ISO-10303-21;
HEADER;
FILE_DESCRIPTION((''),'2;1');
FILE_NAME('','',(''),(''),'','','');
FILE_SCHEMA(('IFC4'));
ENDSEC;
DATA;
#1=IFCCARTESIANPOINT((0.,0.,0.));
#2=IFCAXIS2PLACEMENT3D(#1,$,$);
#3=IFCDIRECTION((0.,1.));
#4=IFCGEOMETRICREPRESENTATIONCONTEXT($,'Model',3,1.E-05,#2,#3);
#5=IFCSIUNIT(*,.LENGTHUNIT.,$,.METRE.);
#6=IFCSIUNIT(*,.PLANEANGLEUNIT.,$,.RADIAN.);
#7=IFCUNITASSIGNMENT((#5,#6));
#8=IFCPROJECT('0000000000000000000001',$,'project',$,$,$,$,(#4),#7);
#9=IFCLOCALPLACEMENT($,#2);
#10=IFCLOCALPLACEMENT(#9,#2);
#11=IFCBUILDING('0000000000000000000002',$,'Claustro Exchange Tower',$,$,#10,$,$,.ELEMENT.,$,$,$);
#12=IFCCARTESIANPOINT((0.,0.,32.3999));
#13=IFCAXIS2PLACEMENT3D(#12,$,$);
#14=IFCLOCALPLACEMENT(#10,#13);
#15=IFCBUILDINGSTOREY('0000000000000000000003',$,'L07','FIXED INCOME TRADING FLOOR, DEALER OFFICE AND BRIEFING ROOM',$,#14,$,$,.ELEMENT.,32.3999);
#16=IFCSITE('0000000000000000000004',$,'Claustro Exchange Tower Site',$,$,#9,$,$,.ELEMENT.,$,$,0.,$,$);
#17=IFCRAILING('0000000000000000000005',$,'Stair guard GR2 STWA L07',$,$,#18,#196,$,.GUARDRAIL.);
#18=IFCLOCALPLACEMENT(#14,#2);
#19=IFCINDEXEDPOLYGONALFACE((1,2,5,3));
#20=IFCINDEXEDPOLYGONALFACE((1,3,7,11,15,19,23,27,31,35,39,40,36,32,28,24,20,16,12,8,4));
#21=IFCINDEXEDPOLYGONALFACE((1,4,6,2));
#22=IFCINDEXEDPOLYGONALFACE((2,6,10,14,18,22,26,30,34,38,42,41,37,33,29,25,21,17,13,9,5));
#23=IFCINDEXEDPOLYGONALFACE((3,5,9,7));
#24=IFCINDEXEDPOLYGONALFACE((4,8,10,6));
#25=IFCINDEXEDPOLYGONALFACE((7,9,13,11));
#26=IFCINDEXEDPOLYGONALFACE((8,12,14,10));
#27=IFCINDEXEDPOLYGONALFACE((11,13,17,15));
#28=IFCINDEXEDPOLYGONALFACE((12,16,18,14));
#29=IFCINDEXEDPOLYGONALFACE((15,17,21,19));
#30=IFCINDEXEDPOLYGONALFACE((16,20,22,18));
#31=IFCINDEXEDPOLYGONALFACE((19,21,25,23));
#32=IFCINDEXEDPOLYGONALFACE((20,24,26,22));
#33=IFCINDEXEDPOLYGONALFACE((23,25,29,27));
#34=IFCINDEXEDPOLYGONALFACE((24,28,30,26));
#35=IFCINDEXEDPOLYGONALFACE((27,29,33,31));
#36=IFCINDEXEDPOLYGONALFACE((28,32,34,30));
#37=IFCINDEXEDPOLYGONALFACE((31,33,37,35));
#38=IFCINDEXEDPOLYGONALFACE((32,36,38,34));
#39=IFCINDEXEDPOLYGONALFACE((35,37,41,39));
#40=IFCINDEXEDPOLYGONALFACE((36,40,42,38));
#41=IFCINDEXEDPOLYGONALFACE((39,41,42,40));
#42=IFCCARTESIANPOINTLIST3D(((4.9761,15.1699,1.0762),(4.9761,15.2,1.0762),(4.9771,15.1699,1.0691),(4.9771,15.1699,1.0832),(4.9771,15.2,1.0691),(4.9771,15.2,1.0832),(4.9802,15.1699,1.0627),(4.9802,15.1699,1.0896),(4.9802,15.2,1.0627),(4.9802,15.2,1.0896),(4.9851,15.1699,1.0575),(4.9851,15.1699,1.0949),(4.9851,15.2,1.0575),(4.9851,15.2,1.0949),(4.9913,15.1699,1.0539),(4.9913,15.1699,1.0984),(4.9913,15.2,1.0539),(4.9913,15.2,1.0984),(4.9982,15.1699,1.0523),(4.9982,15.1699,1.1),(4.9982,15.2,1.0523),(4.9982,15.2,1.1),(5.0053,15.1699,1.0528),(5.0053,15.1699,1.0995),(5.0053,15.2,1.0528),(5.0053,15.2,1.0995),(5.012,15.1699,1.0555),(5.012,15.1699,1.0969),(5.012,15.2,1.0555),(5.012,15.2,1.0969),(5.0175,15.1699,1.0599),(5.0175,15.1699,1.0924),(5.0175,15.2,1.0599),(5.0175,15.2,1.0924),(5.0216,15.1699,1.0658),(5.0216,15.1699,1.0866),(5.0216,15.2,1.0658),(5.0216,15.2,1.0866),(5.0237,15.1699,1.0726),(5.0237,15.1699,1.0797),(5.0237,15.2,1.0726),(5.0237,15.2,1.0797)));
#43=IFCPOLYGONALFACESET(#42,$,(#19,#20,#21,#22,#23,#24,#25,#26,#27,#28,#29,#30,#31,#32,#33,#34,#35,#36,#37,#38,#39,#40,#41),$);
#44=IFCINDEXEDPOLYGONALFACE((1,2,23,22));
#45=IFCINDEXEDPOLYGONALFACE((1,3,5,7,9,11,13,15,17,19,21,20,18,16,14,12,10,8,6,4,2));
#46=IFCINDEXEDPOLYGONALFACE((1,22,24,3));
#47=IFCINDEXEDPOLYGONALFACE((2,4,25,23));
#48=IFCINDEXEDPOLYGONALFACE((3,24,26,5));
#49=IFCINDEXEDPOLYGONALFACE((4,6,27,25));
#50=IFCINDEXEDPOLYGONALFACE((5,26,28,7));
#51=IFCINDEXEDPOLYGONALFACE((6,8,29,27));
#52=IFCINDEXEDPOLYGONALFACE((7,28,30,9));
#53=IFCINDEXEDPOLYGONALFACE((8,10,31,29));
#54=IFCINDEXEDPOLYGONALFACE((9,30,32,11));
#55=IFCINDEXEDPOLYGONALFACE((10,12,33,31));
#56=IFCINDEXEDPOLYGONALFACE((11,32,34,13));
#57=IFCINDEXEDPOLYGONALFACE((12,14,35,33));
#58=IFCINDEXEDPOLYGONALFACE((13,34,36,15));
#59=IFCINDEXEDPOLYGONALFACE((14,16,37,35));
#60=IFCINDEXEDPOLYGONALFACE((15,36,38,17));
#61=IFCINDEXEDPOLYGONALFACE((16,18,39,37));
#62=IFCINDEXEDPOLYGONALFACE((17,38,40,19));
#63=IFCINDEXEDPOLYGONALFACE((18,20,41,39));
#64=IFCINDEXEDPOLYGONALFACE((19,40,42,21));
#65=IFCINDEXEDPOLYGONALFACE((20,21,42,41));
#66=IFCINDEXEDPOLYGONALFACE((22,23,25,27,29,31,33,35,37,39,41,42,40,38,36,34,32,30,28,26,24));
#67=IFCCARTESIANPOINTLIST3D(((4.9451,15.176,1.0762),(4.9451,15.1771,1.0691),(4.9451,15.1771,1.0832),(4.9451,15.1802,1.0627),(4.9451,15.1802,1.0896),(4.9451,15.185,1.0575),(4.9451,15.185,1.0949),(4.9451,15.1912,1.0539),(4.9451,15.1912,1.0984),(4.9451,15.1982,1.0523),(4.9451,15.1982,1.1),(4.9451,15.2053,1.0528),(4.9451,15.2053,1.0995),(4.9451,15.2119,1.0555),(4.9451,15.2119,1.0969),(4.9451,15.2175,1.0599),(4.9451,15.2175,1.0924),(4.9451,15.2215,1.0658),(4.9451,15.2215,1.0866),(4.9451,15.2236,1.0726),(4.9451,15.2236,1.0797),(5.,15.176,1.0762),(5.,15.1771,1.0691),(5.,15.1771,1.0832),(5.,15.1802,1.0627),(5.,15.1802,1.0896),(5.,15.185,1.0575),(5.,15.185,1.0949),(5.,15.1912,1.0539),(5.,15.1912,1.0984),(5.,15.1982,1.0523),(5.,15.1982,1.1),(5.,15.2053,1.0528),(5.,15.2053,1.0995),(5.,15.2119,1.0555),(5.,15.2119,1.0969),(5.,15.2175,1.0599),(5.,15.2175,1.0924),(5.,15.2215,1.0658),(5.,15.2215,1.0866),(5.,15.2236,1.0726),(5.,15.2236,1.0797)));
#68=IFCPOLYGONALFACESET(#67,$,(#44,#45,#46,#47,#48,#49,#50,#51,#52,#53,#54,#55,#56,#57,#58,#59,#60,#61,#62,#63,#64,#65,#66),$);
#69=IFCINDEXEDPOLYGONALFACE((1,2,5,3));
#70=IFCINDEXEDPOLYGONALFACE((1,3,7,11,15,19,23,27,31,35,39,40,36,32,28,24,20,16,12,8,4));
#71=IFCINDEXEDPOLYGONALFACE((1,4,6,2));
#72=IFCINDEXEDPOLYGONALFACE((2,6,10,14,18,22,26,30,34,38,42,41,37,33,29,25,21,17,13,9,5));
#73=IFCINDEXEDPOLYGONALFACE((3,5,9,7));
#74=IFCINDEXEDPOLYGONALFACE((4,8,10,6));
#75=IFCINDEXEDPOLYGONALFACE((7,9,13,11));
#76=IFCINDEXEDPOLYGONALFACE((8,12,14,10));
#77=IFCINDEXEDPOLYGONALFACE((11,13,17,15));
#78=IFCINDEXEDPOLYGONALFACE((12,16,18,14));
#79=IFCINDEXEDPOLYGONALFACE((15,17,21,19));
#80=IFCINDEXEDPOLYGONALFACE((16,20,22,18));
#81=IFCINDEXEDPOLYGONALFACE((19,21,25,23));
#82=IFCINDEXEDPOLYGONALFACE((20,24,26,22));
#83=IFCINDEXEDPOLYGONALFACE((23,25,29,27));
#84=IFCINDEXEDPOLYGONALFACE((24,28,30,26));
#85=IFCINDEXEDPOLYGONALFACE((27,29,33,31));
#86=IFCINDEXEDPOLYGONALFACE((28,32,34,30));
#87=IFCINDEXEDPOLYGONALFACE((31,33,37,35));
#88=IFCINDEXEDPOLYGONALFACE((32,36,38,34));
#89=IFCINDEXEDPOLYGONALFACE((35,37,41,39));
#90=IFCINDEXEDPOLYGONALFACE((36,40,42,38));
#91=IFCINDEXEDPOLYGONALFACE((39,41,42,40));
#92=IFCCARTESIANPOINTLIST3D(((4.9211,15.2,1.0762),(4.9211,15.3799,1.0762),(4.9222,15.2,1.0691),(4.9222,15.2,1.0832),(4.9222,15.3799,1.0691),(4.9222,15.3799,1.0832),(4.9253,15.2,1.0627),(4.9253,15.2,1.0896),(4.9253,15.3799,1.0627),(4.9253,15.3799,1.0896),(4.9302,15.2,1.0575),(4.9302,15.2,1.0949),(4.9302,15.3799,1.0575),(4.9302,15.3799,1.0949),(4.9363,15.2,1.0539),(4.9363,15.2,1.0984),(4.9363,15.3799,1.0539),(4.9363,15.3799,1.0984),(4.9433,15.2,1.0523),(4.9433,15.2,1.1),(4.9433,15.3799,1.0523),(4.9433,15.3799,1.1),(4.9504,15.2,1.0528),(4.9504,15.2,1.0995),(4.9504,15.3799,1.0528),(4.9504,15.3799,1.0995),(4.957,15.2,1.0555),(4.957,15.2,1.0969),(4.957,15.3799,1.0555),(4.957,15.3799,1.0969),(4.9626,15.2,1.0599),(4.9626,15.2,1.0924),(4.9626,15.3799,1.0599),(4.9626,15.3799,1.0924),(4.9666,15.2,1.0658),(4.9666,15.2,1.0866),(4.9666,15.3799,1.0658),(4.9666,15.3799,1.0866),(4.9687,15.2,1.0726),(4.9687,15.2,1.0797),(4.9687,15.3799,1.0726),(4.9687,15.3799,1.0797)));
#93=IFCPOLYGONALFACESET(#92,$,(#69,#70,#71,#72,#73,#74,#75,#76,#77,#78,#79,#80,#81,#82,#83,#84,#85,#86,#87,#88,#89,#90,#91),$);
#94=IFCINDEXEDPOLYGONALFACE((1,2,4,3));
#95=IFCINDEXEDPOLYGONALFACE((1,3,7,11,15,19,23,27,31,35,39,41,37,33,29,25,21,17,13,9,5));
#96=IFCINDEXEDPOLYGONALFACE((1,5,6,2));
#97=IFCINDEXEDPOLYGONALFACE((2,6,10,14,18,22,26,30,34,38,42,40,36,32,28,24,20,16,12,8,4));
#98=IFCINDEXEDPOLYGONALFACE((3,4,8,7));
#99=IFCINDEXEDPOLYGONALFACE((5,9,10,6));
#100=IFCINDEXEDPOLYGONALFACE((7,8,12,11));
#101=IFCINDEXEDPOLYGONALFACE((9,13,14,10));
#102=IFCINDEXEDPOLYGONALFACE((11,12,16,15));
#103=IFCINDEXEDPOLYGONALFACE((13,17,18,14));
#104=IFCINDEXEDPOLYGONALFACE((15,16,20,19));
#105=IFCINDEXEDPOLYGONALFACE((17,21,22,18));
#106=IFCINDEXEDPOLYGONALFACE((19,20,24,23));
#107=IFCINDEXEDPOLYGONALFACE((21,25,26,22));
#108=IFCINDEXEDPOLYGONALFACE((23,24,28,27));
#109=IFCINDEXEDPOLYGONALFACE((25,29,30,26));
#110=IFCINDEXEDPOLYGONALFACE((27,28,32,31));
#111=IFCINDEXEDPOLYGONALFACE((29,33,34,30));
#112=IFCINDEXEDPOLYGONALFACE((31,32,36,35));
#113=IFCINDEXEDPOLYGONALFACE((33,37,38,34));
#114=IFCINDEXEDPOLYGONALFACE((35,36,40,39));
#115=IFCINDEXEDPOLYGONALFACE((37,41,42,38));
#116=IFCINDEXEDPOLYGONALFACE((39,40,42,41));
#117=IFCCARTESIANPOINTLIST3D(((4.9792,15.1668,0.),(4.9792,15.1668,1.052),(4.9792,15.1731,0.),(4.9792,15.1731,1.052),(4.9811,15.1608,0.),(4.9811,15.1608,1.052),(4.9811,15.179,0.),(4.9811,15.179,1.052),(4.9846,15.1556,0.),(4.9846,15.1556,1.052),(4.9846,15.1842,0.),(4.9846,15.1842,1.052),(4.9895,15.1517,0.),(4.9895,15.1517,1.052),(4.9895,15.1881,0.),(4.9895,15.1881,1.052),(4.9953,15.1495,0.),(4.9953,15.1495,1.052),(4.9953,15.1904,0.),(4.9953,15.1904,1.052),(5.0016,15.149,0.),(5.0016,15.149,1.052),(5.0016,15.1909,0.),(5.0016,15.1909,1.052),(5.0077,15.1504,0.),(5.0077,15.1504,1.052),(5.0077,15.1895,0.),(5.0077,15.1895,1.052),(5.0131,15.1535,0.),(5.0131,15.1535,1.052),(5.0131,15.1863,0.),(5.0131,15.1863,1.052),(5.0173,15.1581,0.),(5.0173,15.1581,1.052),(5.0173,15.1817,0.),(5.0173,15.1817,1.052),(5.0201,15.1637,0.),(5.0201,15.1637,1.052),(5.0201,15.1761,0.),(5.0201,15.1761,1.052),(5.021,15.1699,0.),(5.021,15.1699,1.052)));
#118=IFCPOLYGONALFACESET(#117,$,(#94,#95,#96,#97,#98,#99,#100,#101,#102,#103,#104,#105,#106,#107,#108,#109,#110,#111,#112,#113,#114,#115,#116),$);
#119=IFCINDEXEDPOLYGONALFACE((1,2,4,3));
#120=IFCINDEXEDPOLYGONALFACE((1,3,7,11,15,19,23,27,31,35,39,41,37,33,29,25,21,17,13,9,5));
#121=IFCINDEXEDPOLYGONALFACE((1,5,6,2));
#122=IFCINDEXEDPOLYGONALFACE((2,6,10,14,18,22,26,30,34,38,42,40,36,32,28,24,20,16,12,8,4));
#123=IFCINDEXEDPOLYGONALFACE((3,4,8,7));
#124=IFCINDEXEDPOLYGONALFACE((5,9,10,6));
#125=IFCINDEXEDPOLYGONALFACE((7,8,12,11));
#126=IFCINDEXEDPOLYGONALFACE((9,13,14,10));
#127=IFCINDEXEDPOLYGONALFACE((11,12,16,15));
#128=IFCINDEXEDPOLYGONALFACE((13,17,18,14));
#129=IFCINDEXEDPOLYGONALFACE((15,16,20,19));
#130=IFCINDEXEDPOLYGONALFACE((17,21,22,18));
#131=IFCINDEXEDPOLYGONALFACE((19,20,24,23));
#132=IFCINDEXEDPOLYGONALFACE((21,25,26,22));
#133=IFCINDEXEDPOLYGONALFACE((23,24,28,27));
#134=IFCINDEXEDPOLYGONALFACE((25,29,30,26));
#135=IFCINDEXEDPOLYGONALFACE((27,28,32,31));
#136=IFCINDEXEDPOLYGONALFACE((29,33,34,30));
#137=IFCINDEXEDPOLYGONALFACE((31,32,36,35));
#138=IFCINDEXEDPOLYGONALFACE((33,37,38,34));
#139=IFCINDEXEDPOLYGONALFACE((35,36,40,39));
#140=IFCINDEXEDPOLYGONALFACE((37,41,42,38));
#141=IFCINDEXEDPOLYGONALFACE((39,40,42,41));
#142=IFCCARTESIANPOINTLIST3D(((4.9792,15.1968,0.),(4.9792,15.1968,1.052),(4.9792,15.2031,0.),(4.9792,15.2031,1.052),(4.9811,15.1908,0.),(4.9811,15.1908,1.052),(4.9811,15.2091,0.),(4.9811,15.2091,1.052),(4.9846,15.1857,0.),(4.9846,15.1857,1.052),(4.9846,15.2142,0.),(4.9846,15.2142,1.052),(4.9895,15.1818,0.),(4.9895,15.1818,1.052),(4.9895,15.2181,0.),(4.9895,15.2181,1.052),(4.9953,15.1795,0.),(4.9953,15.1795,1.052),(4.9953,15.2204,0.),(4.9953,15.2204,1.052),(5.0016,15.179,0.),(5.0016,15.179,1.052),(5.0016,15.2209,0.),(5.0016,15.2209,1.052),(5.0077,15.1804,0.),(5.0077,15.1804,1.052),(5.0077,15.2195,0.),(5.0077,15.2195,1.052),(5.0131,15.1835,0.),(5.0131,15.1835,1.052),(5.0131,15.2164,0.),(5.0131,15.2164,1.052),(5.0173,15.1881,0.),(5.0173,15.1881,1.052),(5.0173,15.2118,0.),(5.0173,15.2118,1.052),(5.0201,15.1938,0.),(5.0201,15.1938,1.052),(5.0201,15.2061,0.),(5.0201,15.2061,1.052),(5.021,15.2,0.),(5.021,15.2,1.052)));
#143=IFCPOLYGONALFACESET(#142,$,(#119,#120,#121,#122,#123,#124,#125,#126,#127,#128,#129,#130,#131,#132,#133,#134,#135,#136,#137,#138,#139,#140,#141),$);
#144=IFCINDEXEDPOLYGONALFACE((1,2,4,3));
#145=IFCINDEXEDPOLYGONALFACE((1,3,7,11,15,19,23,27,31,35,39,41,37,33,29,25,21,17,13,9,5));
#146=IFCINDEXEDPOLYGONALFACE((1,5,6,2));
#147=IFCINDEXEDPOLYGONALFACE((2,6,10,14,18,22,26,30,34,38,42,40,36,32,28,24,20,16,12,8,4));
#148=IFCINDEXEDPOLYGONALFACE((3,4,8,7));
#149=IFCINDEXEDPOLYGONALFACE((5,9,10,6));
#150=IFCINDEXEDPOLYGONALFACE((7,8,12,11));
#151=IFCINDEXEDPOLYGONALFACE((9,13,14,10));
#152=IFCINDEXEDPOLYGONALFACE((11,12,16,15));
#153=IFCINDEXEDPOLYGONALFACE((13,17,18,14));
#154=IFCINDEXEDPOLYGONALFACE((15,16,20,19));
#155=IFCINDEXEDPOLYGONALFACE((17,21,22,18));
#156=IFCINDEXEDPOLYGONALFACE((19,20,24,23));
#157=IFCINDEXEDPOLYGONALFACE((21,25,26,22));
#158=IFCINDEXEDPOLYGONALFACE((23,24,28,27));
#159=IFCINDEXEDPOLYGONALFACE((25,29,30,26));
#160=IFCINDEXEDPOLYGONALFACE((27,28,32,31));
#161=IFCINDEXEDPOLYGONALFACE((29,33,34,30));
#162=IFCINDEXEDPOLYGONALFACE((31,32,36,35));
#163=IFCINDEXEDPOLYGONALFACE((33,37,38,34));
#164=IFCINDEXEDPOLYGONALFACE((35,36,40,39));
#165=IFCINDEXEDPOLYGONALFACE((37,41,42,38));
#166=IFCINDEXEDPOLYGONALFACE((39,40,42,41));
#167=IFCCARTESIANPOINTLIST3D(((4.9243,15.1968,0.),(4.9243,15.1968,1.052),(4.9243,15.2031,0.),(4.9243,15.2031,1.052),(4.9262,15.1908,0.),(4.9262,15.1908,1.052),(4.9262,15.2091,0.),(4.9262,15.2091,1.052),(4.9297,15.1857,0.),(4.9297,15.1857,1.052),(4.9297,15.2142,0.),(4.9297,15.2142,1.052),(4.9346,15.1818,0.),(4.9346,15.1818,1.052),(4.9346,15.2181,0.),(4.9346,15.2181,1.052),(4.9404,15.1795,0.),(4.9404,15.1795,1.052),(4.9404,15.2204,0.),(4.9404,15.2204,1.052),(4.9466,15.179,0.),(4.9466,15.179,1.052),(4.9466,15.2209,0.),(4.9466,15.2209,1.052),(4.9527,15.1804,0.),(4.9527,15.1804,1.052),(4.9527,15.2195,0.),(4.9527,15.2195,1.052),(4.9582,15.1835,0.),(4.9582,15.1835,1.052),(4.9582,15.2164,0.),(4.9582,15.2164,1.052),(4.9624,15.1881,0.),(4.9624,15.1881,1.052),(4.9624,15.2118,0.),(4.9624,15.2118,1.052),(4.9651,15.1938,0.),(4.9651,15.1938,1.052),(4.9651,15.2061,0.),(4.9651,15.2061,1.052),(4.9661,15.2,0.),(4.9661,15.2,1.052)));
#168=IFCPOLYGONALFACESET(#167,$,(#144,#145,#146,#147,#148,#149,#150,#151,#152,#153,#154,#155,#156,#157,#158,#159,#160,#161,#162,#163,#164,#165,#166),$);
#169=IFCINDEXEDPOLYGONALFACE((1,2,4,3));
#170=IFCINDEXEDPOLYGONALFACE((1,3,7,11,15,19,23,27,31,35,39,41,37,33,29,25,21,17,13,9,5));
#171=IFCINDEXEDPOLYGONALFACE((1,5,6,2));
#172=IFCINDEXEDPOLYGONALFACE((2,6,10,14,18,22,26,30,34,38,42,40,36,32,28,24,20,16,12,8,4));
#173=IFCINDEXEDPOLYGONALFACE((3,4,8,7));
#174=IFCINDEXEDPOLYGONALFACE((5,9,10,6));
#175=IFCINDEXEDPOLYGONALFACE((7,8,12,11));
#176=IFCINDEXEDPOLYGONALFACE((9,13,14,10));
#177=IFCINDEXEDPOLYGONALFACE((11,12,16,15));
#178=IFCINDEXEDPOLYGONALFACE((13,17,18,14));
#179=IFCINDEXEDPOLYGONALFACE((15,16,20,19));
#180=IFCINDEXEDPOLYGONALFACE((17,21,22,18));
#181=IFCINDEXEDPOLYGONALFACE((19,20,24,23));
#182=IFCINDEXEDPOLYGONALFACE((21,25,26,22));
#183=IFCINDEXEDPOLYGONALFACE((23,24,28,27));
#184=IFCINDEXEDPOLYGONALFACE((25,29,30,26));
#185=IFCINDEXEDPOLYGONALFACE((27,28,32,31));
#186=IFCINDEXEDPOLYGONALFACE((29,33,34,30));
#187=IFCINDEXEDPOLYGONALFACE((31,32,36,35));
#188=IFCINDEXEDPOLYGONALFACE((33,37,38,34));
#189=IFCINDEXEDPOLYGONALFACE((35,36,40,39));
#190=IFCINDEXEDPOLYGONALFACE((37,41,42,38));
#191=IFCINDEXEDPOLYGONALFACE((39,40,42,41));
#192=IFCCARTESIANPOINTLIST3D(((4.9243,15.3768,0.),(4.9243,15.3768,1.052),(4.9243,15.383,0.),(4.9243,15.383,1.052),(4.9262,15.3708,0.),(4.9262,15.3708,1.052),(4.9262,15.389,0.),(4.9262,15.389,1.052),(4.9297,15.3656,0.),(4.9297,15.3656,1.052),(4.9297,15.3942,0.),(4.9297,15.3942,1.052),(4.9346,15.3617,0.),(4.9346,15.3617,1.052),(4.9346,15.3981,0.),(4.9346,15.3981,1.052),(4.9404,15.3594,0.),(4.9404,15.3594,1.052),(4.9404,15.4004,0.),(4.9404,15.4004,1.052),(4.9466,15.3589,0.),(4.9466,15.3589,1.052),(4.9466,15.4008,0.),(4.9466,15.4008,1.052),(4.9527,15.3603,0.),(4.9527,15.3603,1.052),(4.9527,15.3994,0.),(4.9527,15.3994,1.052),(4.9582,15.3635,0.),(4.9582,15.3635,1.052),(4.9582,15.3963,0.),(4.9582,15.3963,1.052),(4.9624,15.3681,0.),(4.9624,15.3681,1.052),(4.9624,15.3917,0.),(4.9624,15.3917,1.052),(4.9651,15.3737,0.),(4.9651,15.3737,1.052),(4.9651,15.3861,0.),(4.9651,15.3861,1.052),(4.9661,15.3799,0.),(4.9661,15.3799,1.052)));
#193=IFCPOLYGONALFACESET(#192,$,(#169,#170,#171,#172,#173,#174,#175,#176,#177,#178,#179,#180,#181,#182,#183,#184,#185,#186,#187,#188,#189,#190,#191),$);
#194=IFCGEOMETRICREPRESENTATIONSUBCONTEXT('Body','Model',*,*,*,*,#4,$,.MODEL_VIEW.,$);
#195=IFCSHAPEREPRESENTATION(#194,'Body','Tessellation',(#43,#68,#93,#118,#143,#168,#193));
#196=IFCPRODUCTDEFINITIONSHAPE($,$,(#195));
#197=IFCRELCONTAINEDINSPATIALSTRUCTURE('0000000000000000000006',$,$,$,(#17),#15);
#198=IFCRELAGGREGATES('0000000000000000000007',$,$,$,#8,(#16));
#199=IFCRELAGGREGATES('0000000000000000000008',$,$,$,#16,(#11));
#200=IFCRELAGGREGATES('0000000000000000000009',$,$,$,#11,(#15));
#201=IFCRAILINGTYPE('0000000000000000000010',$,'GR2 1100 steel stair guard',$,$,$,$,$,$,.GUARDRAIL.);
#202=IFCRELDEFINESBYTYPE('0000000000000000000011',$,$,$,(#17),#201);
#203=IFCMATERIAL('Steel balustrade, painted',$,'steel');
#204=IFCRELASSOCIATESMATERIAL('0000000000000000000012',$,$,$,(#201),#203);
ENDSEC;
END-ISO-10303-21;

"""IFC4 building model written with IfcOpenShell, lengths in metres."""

from ifc_helpers import new_model, si_unit, direction, frame, origin, origin_2d, place, context, subcontext, project, spatial, circle, extrude, material, type_object, element, save


model = new_model("IFC4")

# Units and contexts
model_context = context("Model", 3, precision=1e-05, world=origin(), true_north=direction((0.0, 1.0)))
body_context = subcontext(model_context, "Body", "Model", "MODEL_VIEW")
ifc_project = project(units=[si_unit("LENGTHUNIT", "METRE"), si_unit("PLANEANGLEUNIT", "RADIAN")], contexts=[model_context])

# Site, building, storey
site_placement = place(None, origin())
site = spatial("IfcSite", under=ifc_project, at=site_placement, Name="Claustro Exchange Tower Site", CompositionType="ELEMENT", RefElevation=0.0)
building_placement = place(site_placement, origin())
building = spatial("IfcBuilding", under=site, at=building_placement, Name="Claustro Exchange Tower", CompositionType="ELEMENT")
storey_placement = place(building_placement, frame((0.0, 0.0, 32.3999)))
storey = spatial("IfcBuildingStorey", under=building, at=storey_placement, Name="L07", Description="FIXED INCOME TRADING FLOOR, DEALER OFFICE AND BRIEFING ROOM", CompositionType="ELEMENT", Elevation=32.3999)

# Railing
ifc_material_1 = material(Name="Steel balustrade, painted", Category="steel")
railing_type_1 = type_object("IfcRailingType", Name="GR2 1100 steel stair guard", PredefinedType="GUARDRAIL", material=ifc_material_1)
railing_1_placement = place(storey_placement, frame((5.0, 15.1699, 0.0)))
element("IfcRailing", 1, at=railing_1_placement, inside=storey, type_object=railing_type_1, Name="Stair guard GR2 STWA L07", PredefinedType="GUARDRAIL", context=body_context, shape_type="SweptSolid", body=[
    extrude(circle(Radius=0.0239, at=origin_2d()), frame((0.0, 0.0, 1.0762), z_axis=(0.0, 1.0, 0.0), x_axis=(-1.0, 0.0, 0.0)), (0.0, 0.0, 1.0), 0.03),
    extrude(circle(Radius=0.0239, at=origin_2d()), frame((0.0, 0.03, 1.0762), z_axis=(-1.0, 0.0, 0.0), x_axis=(0.0, -1.0, 0.0)), (0.0, 0.0, 1.0), 0.0549),
    extrude(circle(Radius=0.0239, at=origin_2d()), frame((-0.0549, 0.03, 1.0762), z_axis=(0.0, 1.0, 0.0), x_axis=(-1.0, 0.0, 0.0)), (0.0, 0.0, 1.0), 0.1799),
    extrude(circle(Radius=0.021, at=origin_2d()), origin(), (0.0, 0.0, 1.0), 1.052),
    extrude(circle(Radius=0.021, at=origin_2d()), frame((0.0, 0.03, 0.0)), (0.0, 0.0, 1.0), 1.052),
    extrude(circle(Radius=0.021, at=origin_2d()), frame((-0.0549, 0.03, 0.0)), (0.0, 0.0, 1.0), 1.052),
    extrude(circle(Radius=0.021, at=origin_2d()), frame((-0.0549, 0.21, 0.0)), (0.0, 0.0, 1.0), 1.052),
])

save(model, "model.ifc")
